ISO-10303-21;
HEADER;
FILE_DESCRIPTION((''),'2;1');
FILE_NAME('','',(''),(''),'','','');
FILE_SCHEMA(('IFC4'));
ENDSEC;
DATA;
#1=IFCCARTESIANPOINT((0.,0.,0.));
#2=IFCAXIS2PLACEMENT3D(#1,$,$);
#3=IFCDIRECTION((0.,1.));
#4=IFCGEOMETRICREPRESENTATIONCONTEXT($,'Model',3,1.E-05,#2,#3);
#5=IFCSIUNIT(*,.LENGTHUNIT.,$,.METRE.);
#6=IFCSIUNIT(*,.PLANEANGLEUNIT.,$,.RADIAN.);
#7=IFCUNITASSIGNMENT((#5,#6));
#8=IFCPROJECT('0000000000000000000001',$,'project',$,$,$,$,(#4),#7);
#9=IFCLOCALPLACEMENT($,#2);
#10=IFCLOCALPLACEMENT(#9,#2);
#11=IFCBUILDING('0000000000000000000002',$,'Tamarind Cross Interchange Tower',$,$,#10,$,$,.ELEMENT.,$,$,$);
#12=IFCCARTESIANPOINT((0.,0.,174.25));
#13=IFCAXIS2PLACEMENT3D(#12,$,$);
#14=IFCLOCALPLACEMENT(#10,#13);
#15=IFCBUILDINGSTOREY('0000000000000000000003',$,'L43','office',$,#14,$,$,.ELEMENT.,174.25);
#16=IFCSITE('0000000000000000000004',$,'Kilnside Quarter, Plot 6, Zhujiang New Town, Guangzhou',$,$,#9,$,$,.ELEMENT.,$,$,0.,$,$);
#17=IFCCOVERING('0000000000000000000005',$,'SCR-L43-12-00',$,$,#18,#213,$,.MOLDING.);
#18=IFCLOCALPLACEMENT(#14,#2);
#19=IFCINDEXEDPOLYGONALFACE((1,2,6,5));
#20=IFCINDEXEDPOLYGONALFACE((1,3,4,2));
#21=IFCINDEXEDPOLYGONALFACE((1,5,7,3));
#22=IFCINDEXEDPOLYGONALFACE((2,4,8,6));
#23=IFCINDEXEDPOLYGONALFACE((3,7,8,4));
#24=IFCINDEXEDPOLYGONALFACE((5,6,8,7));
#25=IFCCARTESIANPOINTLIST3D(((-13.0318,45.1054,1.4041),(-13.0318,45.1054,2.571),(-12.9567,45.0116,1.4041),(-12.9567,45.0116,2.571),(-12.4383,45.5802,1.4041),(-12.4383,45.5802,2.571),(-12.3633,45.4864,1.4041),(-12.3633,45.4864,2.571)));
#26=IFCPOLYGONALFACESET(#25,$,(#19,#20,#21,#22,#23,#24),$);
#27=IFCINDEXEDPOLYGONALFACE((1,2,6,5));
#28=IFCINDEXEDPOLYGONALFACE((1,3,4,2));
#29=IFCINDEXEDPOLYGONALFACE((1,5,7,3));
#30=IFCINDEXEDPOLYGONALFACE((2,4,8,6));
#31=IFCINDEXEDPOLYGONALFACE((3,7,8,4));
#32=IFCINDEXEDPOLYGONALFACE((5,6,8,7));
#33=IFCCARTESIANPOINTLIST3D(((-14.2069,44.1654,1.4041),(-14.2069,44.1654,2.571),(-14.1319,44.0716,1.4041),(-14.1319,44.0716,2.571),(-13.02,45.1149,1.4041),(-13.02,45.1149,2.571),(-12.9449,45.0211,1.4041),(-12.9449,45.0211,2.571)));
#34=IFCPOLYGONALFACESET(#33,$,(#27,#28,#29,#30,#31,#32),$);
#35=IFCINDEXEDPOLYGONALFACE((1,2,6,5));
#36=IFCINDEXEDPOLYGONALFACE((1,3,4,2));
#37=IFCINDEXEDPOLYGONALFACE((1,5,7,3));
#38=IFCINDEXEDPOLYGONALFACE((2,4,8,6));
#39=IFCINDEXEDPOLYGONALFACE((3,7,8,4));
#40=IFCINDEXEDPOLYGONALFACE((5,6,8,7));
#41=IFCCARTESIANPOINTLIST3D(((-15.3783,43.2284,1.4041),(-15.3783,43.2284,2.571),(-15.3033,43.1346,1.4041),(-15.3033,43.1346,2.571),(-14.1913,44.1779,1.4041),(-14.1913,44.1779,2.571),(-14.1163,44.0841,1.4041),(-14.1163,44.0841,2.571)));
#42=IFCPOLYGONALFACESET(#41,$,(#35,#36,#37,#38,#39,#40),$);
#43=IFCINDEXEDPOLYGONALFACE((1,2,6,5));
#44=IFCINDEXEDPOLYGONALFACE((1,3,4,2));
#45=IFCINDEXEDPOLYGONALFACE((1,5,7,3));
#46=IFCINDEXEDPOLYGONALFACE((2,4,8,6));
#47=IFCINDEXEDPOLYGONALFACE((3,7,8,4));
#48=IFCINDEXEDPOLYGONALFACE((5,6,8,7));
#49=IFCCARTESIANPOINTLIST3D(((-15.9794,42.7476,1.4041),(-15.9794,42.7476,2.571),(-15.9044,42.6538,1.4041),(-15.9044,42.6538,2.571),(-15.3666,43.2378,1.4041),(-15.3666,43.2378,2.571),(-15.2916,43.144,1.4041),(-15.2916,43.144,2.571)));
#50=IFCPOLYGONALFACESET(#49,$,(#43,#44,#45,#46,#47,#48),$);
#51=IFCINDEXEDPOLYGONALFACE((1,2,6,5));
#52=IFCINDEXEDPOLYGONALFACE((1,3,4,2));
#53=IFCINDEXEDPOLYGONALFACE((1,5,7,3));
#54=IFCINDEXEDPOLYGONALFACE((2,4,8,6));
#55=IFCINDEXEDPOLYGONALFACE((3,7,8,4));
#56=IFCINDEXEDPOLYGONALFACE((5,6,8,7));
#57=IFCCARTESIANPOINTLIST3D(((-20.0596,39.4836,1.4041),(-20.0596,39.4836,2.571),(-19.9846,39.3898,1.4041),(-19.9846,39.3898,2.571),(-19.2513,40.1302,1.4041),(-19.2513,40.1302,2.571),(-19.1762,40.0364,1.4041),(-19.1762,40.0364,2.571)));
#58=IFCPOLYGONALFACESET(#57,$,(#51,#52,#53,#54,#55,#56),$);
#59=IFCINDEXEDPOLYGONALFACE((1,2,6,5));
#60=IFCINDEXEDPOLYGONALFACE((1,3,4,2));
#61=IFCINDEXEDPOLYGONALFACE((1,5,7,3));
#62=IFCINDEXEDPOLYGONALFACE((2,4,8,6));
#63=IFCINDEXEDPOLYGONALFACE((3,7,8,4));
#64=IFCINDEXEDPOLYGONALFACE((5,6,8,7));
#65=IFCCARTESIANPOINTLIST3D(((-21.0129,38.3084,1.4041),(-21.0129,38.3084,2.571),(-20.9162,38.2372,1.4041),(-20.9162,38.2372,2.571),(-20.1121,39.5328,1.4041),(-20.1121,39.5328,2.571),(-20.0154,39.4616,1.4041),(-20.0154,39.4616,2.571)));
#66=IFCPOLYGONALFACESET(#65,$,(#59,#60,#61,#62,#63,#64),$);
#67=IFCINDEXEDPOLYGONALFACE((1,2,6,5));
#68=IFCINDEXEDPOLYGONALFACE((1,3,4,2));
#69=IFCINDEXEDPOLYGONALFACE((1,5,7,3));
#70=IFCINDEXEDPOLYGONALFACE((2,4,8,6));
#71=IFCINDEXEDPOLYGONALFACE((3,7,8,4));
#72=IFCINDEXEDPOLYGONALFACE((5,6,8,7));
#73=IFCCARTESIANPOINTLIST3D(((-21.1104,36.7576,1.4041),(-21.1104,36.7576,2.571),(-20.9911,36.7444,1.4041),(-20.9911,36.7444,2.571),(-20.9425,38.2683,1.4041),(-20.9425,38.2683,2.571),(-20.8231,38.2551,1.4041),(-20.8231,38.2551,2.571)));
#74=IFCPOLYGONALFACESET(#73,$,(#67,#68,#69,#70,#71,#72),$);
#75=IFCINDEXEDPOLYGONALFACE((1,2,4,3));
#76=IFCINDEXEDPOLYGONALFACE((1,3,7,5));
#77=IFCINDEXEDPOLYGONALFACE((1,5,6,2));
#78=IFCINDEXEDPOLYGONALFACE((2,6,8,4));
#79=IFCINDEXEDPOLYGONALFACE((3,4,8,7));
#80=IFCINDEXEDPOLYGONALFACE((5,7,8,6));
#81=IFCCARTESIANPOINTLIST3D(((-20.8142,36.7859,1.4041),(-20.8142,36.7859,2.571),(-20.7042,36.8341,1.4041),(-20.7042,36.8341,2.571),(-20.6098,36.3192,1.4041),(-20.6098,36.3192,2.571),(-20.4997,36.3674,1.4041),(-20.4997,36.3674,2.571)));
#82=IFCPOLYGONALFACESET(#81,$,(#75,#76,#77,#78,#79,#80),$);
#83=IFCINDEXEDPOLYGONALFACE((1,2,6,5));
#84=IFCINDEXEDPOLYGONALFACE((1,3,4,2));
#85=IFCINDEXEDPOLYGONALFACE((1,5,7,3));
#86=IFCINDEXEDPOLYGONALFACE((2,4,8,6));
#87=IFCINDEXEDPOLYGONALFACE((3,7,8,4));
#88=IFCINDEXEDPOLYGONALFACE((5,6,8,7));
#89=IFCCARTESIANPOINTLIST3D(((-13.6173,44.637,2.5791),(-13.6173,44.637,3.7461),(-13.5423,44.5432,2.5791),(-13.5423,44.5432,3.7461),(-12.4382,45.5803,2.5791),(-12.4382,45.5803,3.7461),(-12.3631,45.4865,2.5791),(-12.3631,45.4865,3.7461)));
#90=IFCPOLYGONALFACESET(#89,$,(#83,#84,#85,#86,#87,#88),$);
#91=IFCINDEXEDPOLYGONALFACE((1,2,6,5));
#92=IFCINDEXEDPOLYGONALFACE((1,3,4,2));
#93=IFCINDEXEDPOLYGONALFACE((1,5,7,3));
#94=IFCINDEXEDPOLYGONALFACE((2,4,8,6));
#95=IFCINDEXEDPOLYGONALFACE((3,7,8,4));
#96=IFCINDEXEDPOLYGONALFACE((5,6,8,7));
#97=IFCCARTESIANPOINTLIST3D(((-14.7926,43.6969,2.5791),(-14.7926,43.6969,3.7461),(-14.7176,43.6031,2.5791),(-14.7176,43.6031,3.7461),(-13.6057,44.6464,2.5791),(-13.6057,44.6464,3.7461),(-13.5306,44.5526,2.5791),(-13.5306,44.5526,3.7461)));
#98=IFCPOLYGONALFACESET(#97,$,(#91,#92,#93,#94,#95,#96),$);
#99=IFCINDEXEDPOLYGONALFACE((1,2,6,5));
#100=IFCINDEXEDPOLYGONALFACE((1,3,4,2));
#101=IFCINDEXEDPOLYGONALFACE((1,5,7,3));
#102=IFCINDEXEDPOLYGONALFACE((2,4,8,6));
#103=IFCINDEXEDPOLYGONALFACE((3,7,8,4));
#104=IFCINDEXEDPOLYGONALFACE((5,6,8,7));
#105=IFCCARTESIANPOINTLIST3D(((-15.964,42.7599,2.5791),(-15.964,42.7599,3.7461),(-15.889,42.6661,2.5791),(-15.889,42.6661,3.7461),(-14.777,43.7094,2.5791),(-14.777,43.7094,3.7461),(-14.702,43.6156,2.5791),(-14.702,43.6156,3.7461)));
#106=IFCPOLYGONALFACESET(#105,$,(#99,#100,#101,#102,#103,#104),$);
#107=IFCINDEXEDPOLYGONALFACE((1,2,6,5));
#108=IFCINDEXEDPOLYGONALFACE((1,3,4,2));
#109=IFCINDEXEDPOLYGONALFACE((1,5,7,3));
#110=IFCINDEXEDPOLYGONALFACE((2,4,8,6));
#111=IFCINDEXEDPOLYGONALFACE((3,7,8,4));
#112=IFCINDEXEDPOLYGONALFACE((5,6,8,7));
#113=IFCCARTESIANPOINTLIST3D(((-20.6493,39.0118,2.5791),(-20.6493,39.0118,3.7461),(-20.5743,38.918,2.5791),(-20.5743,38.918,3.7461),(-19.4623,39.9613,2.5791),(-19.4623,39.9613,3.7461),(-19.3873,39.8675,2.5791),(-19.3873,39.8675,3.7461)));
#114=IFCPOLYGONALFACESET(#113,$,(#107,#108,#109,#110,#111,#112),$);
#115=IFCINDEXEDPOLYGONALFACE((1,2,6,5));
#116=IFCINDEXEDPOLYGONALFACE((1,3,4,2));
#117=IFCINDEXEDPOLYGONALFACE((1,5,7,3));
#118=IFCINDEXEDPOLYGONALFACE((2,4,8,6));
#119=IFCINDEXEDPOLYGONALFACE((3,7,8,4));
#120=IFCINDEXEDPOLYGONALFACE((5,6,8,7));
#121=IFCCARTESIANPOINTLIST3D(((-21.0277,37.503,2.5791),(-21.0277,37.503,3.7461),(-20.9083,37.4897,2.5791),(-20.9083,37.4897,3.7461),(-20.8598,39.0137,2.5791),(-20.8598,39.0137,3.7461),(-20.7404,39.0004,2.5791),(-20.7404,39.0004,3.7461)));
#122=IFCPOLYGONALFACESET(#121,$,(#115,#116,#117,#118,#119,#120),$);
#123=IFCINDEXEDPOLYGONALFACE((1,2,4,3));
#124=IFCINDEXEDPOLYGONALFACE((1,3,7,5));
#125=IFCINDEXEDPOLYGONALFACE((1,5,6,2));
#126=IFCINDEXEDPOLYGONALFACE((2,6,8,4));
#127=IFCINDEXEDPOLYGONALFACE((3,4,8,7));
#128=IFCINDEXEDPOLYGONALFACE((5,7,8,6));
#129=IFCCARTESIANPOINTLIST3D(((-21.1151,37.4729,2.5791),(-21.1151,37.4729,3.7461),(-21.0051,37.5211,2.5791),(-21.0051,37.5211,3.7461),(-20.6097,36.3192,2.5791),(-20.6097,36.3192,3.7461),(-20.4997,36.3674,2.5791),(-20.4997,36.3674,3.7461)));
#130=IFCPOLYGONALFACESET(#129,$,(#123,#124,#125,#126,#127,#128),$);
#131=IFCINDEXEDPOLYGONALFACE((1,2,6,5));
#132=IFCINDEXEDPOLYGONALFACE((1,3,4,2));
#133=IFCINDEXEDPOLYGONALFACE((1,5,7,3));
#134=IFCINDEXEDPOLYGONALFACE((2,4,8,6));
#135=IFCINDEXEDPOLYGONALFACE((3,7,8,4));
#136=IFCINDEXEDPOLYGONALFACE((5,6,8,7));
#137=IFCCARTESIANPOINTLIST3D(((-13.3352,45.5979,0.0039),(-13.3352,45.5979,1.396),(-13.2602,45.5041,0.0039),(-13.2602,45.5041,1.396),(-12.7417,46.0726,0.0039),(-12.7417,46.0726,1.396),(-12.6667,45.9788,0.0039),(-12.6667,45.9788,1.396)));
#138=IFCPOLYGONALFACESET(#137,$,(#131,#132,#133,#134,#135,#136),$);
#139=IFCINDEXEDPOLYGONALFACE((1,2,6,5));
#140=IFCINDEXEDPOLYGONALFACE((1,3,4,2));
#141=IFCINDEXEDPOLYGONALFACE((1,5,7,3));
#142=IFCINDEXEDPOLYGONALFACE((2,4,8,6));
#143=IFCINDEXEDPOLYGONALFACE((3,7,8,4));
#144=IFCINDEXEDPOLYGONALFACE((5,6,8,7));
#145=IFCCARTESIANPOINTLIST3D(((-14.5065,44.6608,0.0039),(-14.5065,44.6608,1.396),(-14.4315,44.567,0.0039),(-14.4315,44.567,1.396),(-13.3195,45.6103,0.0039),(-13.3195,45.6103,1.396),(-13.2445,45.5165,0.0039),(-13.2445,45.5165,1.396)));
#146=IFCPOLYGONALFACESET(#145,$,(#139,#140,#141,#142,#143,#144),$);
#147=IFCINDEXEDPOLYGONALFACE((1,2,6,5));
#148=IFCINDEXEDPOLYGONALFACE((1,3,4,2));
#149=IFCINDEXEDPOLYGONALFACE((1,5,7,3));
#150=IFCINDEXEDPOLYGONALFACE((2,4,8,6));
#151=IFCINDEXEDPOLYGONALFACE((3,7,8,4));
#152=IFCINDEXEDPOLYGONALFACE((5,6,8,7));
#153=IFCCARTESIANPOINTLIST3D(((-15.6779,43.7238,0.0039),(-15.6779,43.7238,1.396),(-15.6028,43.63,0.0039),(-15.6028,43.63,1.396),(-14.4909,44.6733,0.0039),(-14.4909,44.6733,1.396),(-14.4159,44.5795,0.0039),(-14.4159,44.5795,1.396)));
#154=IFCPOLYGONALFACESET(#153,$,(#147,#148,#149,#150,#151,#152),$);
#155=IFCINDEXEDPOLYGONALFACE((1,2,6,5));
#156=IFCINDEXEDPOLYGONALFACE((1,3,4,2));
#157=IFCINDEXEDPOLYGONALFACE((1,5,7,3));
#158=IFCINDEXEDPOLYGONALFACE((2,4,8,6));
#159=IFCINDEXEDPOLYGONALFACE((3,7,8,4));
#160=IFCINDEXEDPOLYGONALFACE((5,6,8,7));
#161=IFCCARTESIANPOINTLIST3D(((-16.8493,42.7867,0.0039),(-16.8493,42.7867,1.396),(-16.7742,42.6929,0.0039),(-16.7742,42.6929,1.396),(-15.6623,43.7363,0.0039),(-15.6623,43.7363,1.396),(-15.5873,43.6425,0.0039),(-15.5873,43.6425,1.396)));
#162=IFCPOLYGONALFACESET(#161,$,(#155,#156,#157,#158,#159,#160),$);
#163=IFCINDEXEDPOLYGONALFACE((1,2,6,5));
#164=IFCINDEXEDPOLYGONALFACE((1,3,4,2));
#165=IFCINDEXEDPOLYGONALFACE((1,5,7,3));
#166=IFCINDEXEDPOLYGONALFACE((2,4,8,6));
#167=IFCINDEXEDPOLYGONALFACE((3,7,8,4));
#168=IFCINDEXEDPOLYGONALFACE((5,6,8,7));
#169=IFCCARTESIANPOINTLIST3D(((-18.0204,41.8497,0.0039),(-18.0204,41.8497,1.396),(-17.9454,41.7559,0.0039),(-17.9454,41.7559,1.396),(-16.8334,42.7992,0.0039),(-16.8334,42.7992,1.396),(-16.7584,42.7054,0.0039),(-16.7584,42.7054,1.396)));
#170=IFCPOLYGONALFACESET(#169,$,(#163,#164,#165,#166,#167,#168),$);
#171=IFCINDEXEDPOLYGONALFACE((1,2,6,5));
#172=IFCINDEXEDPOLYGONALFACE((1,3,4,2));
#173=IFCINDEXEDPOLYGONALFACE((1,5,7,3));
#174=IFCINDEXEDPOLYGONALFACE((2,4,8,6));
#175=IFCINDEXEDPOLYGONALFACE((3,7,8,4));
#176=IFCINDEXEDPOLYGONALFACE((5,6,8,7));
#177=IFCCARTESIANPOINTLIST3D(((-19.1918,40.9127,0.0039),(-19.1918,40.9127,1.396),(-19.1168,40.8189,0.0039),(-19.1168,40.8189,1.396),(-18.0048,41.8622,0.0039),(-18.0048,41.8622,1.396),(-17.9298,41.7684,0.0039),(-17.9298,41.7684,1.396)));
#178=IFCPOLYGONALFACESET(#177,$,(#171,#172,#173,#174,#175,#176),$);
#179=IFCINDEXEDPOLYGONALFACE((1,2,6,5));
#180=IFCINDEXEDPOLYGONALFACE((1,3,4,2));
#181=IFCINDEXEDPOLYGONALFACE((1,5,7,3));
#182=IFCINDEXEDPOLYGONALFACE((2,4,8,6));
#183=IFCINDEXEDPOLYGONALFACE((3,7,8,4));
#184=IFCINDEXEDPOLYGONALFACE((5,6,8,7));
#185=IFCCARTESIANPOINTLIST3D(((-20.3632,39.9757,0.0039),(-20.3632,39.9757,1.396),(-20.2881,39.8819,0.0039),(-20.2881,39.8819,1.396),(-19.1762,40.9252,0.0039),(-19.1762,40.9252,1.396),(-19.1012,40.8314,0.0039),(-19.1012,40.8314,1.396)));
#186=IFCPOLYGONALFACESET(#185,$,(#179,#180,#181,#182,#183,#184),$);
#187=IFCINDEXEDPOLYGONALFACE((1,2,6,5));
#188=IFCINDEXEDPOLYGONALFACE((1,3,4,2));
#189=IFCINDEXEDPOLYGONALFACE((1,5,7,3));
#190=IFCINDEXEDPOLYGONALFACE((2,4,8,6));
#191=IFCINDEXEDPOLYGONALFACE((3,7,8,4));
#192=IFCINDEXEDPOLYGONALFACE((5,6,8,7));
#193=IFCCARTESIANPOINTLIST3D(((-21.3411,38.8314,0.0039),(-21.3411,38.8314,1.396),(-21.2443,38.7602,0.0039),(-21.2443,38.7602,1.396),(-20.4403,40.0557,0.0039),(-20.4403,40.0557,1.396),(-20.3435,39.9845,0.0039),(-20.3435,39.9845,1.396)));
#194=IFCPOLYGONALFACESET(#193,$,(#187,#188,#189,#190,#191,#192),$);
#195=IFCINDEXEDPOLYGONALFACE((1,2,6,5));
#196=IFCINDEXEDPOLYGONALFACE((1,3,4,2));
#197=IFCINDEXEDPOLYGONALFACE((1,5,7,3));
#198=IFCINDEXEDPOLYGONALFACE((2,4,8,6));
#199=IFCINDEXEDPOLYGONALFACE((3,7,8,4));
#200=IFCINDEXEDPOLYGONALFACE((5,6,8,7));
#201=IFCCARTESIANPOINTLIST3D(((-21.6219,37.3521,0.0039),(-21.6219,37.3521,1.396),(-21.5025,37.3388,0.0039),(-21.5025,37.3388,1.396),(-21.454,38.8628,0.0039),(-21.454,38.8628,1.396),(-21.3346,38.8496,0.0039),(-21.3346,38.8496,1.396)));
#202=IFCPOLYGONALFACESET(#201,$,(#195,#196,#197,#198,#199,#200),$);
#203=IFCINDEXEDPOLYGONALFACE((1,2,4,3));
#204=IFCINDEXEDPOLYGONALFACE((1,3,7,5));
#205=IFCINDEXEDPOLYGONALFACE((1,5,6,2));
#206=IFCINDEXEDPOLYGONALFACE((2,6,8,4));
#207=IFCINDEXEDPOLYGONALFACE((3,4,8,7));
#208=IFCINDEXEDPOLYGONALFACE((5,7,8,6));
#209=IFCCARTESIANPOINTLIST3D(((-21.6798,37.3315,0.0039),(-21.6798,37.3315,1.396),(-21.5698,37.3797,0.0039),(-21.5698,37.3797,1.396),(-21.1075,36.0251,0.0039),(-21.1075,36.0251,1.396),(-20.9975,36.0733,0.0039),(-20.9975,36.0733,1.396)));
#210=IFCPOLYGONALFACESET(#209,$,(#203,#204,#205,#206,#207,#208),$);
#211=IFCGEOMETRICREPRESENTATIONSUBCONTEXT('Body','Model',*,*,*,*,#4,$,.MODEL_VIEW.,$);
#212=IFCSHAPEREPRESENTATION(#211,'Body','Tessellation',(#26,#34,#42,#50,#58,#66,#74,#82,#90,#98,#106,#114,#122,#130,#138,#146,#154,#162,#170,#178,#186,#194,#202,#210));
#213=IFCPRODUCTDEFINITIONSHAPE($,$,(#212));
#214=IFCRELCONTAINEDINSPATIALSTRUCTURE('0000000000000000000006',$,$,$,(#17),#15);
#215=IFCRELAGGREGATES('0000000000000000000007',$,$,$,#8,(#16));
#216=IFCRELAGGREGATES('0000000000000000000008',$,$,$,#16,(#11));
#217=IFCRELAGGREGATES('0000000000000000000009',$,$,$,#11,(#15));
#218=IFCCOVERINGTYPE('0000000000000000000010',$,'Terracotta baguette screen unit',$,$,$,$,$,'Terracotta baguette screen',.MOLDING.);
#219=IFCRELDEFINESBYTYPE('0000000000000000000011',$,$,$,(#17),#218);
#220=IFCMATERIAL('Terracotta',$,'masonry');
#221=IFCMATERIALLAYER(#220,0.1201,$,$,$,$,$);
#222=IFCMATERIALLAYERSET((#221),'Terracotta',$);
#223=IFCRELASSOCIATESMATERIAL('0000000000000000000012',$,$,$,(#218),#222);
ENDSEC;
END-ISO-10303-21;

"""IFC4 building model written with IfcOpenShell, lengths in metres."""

from ifc_helpers import new_model, si_unit, direction, frame, origin, origin_2d, place, context, subcontext, project, spatial, rectangle, extrude, material, layer, layer_set, type_object, element, save


model = new_model("IFC4")

# Units and contexts
model_context = context("Model", 3, precision=1e-05, world=origin(), true_north=direction((0.0, 1.0)))
body_context = subcontext(model_context, "Body", "Model", "MODEL_VIEW")
ifc_project = project(units=[si_unit("LENGTHUNIT", "METRE"), si_unit("PLANEANGLEUNIT", "RADIAN")], contexts=[model_context])

# Site, building, storey
site_placement = place(None, origin())
site = spatial("IfcSite", under=ifc_project, at=site_placement, Name="Kilnside Quarter, Plot 6, Zhujiang New Town, Guangzhou", CompositionType="ELEMENT", RefElevation=0.0)
building_placement = place(site_placement, origin())
building = spatial("IfcBuilding", under=site, at=building_placement, Name="Tamarind Cross Interchange Tower", CompositionType="ELEMENT")
storey_placement = place(building_placement, frame((0.0, 0.0, 174.25)))
storey = spatial("IfcBuildingStorey", under=building, at=storey_placement, Name="L43", Description="office", CompositionType="ELEMENT", Elevation=174.25)

# Covering
ifc_material_1 = material(Name="Terracotta", Category="masonry")
ifc_layer_1 = layer(ifc_material_1, 0.1201)
ifc_layer_set_1 = layer_set([ifc_layer_1], Name="Terracotta")
covering_type = type_object("IfcCoveringType", Name="Terracotta baguette screen unit", ElementType="Terracotta baguette screen", PredefinedType="MOLDING", material=ifc_layer_set_1)
covering_placement = place(storey_placement, origin())
element("IfcCovering", 1, at=covering_placement, inside=storey, type_object=covering_type, Name="SCR-L43-12-00", PredefinedType="MOLDING", context=body_context, shape_type="SweptSolid", body=[
    extrude(rectangle(XDim=0.76, YDim=0.1201, at=origin_2d()), frame((-12.6975, 45.2959, 1.4041), z_axis=(0.0, 0.0, 1.0), x_axis=(-0.780893, -0.624665, 0.0)), (0.0, 0.0, 1.0), 1.167),
    extrude(rectangle(XDim=1.52, YDim=0.1201, at=origin_2d()), frame((-13.5759, 44.5933, 1.4041), z_axis=(0.0, 0.0, 1.0), x_axis=(-0.780893, -0.624665, 0.0)), (0.0, 0.0, 1.0), 1.167),
    extrude(rectangle(XDim=1.52, YDim=0.1201, at=origin_2d()), frame((-14.7473, 43.6562, 1.4041), z_axis=(0.0, 0.0, 1.0), x_axis=(-0.780893, -0.624665, 0.0)), (0.0, 0.0, 1.0), 1.167),
    extrude(rectangle(XDim=0.7847, YDim=0.1201, at=origin_2d()), frame((-15.6355, 42.9458, 1.4041), z_axis=(0.0, 0.0, 1.0), x_axis=(-0.780893, -0.624665, 0.0)), (0.0, 0.0, 1.0), 1.167),
    extrude(rectangle(XDim=1.0352, YDim=0.1201, at=origin_2d()), frame((-19.6179, 39.76, 1.4041), z_axis=(0.0, 0.0, 1.0), x_axis=(-0.780893, -0.624665, 0.0)), (0.0, 0.0, 1.0), 1.167),
    extrude(rectangle(XDim=1.52, YDim=0.1201, at=origin_2d()), frame((-20.5142, 38.885, 1.4041), z_axis=(0.0, 0.0, 1.0), x_axis=(-0.592609, -0.80549, 0.0)), (0.0, 0.0, 1.0), 1.167),
    extrude(rectangle(XDim=1.52, YDim=0.1201, at=origin_2d()), frame((-20.9668, 37.5063, 1.4041), z_axis=(0.0, 0.0, 1.0), x_axis=(-0.11047, -0.993879, 0.0)), (0.0, 0.0, 1.0), 1.167),
    extrude(rectangle(XDim=0.5095, YDim=0.1201, at=origin_2d()), frame((-20.657, 36.5767, 1.4041), z_axis=(0.0, 0.0, 1.0), x_axis=(0.40127, -0.91596, 0.0)), (0.0, 0.0, 1.0), 1.167),
    extrude(rectangle(XDim=1.51, YDim=0.1201, at=origin_2d()), frame((-12.9902, 45.0618, 2.5791), z_axis=(0.0, 0.0, 1.0), x_axis=(-0.780893, -0.624665, 0.0)), (0.0, 0.0, 1.0), 1.167),
    extrude(rectangle(XDim=1.52, YDim=0.1201, at=origin_2d()), frame((-14.1616, 44.1248, 2.5791), z_axis=(0.0, 0.0, 1.0), x_axis=(-0.780893, -0.624665, 0.0)), (0.0, 0.0, 1.0), 1.167),
    extrude(rectangle(XDim=1.52, YDim=0.1201, at=origin_2d()), frame((-15.333, 43.1877, 2.5791), z_axis=(0.0, 0.0, 1.0), x_axis=(-0.780893, -0.624665, 0.0)), (0.0, 0.0, 1.0), 1.167),
    extrude(rectangle(XDim=1.52, YDim=0.1201, at=origin_2d()), frame((-20.0183, 39.4397, 2.5791), z_axis=(0.0, 0.0, 1.0), x_axis=(-0.780893, -0.624665, 0.0)), (0.0, 0.0, 1.0), 1.167),
    extrude(rectangle(XDim=1.52, YDim=0.1201, at=origin_2d()), frame((-20.884, 38.2517, 2.5791), z_axis=(0.0, 0.0, 1.0), x_axis=(-0.11047, -0.993879, 0.0)), (0.0, 0.0, 1.0), 1.167),
    extrude(rectangle(XDim=1.2595, YDim=0.1201, at=origin_2d()), frame((-20.8074, 36.9202, 2.5791), z_axis=(0.0, 0.0, 1.0), x_axis=(0.40127, -0.91596, 0.0)), (0.0, 0.0, 1.0), 1.167),
    extrude(rectangle(XDim=0.76, YDim=0.1201, at=origin_2d()), frame((-13.001, 45.7883, 0.0039), z_axis=(0.0, 0.0, 1.0), x_axis=(-0.780893, -0.624665, 0.0)), (0.0, 0.0, 1.0), 1.3921),
    extrude(rectangle(XDim=1.52, YDim=0.1201, at=origin_2d()), frame((-13.8755, 45.0886, 0.0039), z_axis=(0.0, 0.0, 1.0), x_axis=(-0.780893, -0.624665, 0.0)), (0.0, 0.0, 1.0), 1.3921),
    extrude(rectangle(XDim=1.52, YDim=0.1201, at=origin_2d()), frame((-15.0469, 44.1516, 0.0039), z_axis=(0.0, 0.0, 1.0), x_axis=(-0.780893, -0.624665, 0.0)), (0.0, 0.0, 1.0), 1.3921),
    extrude(rectangle(XDim=1.52, YDim=0.1201, at=origin_2d()), frame((-16.2183, 43.2146, 0.0039), z_axis=(0.0, 0.0, 1.0), x_axis=(-0.780893, -0.624665, 0.0)), (0.0, 0.0, 1.0), 1.3921),
    extrude(rectangle(XDim=1.52, YDim=0.1201, at=origin_2d()), frame((-17.3894, 42.2776, 0.0039), z_axis=(0.0, 0.0, 1.0), x_axis=(-0.780893, -0.624665, 0.0)), (0.0, 0.0, 1.0), 1.3921),
    extrude(rectangle(XDim=1.52, YDim=0.1201, at=origin_2d()), frame((-18.5608, 41.3406, 0.0039), z_axis=(0.0, 0.0, 1.0), x_axis=(-0.780893, -0.624665, 0.0)), (0.0, 0.0, 1.0), 1.3921),
    extrude(rectangle(XDim=1.52, YDim=0.1201, at=origin_2d()), frame((-19.7322, 40.4036, 0.0039), z_axis=(0.0, 0.0, 1.0), x_axis=(-0.780893, -0.624665, 0.0)), (0.0, 0.0, 1.0), 1.3921),
    extrude(rectangle(XDim=1.52, YDim=0.1201, at=origin_2d()), frame((-20.8423, 39.408, 0.0039), z_axis=(0.0, 0.0, 1.0), x_axis=(-0.592609, -0.80549, 0.0)), (0.0, 0.0, 1.0), 1.3921),
    extrude(rectangle(XDim=1.52, YDim=0.1201, at=origin_2d()), frame((-21.4783, 38.1008, 0.0039), z_axis=(0.0, 0.0, 1.0), x_axis=(-0.11047, -0.993879, 0.0)), (0.0, 0.0, 1.0), 1.3921),
    extrude(rectangle(XDim=1.4263, YDim=0.1201, at=origin_2d()), frame((-21.3386, 36.7024, 0.0039), z_axis=(0.0, 0.0, 1.0), x_axis=(0.40127, -0.91596, 0.0)), (0.0, 0.0, 1.0), 1.3921),
])

save(model, "model.ifc")
